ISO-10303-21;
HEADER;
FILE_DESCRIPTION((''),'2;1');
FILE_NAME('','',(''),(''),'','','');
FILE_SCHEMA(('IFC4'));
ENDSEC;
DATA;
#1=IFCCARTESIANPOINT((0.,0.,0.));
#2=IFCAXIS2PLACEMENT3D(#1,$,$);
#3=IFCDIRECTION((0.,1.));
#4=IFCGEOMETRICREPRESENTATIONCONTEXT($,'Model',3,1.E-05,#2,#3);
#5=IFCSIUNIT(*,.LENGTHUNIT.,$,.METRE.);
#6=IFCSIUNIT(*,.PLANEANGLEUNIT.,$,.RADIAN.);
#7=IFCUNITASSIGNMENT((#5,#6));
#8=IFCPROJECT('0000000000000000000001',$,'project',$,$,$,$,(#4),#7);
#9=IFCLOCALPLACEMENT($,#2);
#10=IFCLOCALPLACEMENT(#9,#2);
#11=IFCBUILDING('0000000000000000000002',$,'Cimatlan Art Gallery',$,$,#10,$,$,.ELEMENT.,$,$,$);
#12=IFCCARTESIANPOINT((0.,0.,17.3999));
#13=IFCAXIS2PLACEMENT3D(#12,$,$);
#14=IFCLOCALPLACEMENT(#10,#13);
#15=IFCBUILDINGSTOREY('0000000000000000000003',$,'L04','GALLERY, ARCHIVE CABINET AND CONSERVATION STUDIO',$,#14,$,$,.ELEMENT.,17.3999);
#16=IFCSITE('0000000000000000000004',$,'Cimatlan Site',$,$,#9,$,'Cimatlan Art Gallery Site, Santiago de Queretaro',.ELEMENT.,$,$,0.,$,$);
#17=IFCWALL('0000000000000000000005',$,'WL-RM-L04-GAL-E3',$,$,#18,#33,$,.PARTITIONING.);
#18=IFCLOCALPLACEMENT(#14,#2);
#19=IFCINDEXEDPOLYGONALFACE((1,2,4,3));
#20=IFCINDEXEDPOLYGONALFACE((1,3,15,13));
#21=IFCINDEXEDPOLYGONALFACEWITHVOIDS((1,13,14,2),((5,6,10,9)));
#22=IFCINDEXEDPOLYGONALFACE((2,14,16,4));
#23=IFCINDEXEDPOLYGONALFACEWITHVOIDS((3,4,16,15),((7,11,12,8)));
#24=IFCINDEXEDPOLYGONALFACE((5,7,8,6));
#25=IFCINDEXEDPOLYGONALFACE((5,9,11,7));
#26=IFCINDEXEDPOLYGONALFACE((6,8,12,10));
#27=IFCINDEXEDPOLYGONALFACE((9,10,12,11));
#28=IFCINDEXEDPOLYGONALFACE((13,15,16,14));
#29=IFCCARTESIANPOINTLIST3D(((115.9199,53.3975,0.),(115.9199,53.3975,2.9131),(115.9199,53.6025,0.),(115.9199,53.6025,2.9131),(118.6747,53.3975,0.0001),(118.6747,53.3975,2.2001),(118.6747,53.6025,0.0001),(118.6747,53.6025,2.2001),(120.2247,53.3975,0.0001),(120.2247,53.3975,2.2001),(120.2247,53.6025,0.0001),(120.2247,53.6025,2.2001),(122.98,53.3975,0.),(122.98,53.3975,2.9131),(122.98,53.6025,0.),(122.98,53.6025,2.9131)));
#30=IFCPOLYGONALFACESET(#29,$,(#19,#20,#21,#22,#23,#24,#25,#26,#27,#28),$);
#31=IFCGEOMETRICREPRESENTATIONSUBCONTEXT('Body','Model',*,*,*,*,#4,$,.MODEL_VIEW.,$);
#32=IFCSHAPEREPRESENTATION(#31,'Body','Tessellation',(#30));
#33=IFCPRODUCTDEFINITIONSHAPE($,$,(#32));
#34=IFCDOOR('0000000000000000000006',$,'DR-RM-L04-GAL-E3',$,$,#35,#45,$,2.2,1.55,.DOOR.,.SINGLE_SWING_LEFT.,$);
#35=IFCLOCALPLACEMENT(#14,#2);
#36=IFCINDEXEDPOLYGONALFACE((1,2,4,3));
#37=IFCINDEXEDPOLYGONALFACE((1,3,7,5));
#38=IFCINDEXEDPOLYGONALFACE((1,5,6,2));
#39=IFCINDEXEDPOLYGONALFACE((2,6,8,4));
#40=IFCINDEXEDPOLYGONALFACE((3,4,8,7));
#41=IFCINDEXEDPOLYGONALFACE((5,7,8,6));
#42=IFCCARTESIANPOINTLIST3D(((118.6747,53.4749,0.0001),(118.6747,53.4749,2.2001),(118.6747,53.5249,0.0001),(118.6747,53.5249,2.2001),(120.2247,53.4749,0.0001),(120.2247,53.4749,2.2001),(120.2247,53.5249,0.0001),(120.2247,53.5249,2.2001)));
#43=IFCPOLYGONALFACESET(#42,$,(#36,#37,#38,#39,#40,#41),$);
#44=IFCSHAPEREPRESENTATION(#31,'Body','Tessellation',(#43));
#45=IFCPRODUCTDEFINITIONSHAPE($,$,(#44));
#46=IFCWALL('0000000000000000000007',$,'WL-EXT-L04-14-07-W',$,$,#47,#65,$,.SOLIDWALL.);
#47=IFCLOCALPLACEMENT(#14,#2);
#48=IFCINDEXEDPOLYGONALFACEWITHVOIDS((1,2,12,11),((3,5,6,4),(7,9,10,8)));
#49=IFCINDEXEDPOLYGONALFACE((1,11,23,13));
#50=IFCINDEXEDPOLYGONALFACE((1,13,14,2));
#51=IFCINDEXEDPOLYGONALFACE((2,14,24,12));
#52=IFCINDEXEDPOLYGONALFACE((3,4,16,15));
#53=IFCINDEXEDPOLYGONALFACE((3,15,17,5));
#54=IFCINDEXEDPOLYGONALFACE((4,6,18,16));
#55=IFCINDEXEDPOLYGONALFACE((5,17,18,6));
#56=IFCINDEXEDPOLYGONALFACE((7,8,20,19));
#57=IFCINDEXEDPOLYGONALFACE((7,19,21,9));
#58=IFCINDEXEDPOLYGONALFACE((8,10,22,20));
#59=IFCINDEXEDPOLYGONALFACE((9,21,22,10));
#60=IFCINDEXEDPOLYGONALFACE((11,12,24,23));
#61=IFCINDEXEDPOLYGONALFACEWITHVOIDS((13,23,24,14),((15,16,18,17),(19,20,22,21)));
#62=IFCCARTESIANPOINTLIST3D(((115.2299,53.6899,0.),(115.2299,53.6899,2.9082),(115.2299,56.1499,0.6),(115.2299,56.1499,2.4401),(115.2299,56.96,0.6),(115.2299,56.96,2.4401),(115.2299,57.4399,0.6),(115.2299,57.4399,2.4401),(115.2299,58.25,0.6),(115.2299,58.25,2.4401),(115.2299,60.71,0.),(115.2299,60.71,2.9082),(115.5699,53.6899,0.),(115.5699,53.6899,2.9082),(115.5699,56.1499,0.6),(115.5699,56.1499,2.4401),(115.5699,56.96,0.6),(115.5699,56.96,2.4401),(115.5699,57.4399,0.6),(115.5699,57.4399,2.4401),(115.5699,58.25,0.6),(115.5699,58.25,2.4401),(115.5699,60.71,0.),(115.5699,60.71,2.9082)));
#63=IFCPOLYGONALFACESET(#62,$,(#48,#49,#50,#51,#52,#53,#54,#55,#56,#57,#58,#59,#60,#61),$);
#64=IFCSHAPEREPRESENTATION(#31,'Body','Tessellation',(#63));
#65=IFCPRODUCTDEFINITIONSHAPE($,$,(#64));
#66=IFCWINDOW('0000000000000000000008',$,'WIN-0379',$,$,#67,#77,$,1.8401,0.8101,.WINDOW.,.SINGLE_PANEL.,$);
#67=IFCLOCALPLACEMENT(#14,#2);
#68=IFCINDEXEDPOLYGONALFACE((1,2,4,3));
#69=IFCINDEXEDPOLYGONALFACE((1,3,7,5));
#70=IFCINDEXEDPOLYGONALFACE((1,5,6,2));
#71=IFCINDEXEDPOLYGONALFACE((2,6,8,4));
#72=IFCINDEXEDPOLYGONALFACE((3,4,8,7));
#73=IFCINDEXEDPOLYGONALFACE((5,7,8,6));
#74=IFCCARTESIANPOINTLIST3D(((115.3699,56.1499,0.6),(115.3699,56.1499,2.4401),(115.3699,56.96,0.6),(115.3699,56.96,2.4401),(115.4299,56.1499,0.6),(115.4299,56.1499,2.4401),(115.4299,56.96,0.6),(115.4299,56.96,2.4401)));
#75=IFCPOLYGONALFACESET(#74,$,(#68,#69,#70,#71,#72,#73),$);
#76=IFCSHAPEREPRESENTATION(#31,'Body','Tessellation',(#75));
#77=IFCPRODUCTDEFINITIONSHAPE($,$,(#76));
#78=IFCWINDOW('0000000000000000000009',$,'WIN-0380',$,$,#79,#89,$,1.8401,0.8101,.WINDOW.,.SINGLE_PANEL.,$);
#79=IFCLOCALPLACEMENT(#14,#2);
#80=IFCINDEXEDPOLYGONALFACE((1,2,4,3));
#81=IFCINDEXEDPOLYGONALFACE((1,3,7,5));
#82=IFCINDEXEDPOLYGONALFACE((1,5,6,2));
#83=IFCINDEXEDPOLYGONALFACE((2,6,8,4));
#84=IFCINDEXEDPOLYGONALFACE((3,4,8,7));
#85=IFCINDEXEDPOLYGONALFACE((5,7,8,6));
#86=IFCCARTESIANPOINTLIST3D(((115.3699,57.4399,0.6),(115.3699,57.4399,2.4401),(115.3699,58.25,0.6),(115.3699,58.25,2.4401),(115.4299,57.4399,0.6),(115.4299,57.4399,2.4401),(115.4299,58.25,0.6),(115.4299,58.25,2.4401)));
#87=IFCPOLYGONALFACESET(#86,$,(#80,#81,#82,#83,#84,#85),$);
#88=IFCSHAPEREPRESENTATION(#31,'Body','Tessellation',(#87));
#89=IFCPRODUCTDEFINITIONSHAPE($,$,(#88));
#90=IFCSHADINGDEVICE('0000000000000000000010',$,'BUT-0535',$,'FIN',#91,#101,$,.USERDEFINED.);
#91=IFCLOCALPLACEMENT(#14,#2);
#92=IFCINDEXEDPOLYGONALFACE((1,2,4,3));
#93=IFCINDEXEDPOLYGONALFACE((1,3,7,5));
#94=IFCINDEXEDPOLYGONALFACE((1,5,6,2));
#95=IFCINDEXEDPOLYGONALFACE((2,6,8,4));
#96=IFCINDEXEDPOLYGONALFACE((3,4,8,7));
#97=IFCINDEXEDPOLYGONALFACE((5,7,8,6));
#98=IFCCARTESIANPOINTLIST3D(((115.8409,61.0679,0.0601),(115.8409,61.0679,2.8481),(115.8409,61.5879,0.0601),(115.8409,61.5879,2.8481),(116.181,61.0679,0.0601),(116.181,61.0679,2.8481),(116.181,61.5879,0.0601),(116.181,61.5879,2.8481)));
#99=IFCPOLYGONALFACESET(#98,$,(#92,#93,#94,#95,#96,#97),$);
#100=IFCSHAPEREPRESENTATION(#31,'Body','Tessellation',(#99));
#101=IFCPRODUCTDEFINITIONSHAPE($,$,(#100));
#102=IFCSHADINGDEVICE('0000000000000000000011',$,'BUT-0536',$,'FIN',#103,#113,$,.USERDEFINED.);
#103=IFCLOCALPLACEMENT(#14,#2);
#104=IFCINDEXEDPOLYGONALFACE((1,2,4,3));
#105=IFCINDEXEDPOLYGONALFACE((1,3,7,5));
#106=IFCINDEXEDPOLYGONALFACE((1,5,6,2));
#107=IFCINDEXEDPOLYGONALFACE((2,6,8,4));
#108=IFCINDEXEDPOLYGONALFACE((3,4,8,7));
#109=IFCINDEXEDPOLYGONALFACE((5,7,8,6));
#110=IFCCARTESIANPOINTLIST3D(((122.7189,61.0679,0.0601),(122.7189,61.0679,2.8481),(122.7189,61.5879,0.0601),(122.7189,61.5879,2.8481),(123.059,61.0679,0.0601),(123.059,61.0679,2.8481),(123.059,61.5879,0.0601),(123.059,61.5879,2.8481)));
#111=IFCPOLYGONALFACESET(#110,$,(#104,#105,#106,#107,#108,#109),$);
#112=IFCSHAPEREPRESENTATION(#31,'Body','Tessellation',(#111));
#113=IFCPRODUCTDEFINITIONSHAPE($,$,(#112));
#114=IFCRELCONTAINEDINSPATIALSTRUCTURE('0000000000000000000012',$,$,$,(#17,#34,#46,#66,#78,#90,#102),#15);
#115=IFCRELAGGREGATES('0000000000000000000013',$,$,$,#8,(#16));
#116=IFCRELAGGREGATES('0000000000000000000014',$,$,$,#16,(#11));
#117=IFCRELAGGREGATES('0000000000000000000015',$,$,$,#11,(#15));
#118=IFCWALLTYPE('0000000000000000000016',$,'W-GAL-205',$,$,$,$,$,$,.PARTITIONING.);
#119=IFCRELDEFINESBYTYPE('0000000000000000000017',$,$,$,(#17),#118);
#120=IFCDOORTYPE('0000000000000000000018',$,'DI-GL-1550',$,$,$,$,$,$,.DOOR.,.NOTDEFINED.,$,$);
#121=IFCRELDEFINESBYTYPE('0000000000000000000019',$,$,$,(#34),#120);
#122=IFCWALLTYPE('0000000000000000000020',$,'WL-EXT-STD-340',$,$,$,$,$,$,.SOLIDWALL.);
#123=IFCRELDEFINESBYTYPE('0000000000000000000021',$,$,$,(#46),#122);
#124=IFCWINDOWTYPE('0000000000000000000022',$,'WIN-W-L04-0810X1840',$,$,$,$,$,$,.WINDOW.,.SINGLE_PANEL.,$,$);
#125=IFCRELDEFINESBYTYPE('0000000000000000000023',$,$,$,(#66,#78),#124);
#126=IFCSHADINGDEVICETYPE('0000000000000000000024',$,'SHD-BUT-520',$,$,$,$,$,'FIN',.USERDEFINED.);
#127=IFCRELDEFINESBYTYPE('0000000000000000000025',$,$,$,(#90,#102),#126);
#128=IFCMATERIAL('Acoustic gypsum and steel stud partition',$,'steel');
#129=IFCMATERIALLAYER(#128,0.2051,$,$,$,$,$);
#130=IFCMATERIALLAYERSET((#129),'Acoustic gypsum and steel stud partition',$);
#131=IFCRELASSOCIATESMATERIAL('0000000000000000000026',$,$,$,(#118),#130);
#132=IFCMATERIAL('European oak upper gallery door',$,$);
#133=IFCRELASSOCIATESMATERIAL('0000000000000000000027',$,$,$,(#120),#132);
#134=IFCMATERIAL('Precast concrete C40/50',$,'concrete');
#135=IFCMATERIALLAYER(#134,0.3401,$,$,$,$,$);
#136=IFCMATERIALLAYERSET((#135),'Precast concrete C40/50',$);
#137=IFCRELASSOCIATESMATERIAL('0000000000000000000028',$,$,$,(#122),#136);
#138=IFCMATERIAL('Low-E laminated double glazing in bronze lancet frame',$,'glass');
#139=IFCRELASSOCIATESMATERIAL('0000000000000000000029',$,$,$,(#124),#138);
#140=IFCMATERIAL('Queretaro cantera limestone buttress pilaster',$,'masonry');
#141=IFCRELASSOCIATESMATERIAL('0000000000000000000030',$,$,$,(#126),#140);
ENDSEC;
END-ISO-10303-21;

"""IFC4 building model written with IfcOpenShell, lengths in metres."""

from ifc_helpers import new_model, si_unit, direction, frame, frame_2d, origin, origin_2d, place, context, subcontext, project, spatial, rectangle, extrude, material, layer, layer_set, type_object, element, fill, save


model = new_model("IFC4")

# Units and contexts
model_context = context("Model", 3, precision=1e-05, world=origin(), true_north=direction((0.0, 1.0)))
body_context = subcontext(model_context, "Body", "Model", "MODEL_VIEW")
ifc_project = project(units=[si_unit("LENGTHUNIT", "METRE"), si_unit("PLANEANGLEUNIT", "RADIAN")], contexts=[model_context])

# Site, building, storey
site_placement = place(None, origin())
site = spatial("IfcSite", under=ifc_project, at=site_placement, Name="Cimatlan Site", LongName="Cimatlan Art Gallery Site, Santiago de Queretaro", CompositionType="ELEMENT", RefElevation=0.0)
building_placement = place(site_placement, origin())
building = spatial("IfcBuilding", under=site, at=building_placement, Name="Cimatlan Art Gallery", CompositionType="ELEMENT")
storey_placement = place(building_placement, frame((0.0, 0.0, 17.3999)))
storey = spatial("IfcBuildingStorey", under=building, at=storey_placement, Name="L04", Description="GALLERY, ARCHIVE CABINET AND CONSERVATION STUDIO", CompositionType="ELEMENT", Elevation=17.3999)

# Wall, opening, door
ifc_material_1 = material(Name="Acoustic gypsum and steel stud partition", Category="steel")
ifc_layer_1 = layer(ifc_material_1, 0.2051)
ifc_layer_set_1 = layer_set([ifc_layer_1], Name="Acoustic gypsum and steel stud partition")
wall_type_1 = type_object("IfcWallType", Name="W-GAL-205", PredefinedType="PARTITIONING", material=ifc_layer_set_1)
wall_1_placement = place(storey_placement, frame((115.9199, 53.5, 0.0), z_axis=(0.0, 0.0, 1.0), x_axis=(1.0, 0.0, 0.0)))
wall_1 = element("IfcWall", 1, at=wall_1_placement, inside=storey, type_object=wall_type_1, Name="WL-RM-L04-GAL-E3", PredefinedType="PARTITIONING", context=body_context, shape_type="SweptSolid", body=[
    extrude(rectangle(XDim=7.0601, YDim=0.2051, at=frame_2d((3.53, 0.0))), origin(), (0.0, 0.0, 1.0), 2.9131),
])
opening_1_placement = place(wall_1_placement, frame((2.7549, 0.0, 0.0)))
opening_1 = element("IfcOpeningElement", 2, at=opening_1_placement, cuts=wall_1, PredefinedType="OPENING", context=body_context, shape_type="SweptSolid", body=[
    extrude(rectangle(XDim=1.55, YDim=2.2, at=frame_2d((0.7749, 1.1001))), frame((0.0, 0.1125, 0.0), z_axis=(0.0, -1.0, 0.0), x_axis=(1.0, 0.0, 0.0)), (0.0, 0.0, 1.0), 0.2251),
])
ifc_material_2 = material(Name="European oak upper gallery door")
door_type_1 = type_object("IfcDoorType", Name="DI-GL-1550", OperationType="NOTDEFINED", PredefinedType="DOOR", material=ifc_material_2)
door_1_placement = place(opening_1_placement, origin())
door_1 = element("IfcDoor", 3, at=door_1_placement, inside=storey, type_object=door_type_1, Name="DR-RM-L04-GAL-E3", OperationType="SINGLE_SWING_LEFT", OverallHeight=2.2, OverallWidth=1.55, PredefinedType="DOOR", context=body_context, shape_type="SweptSolid", body=[
    extrude(rectangle(XDim=1.55, YDim=2.2, at=frame_2d((0.7749, 1.1001))), frame((0.0, 0.0249, 0.0), z_axis=(0.0, -1.0, 0.0), x_axis=(1.0, 0.0, 0.0)), (0.0, 0.0, 1.0), 0.05),
])
fill(opening_1, door_1)
ifc_material_3 = material(Name="Precast concrete C40/50", Category="concrete")
ifc_layer_2 = layer(ifc_material_3, 0.3401)
ifc_layer_set_2 = layer_set([ifc_layer_2], Name="Precast concrete C40/50")
wall_type_2 = type_object("IfcWallType", Name="WL-EXT-STD-340", PredefinedType="SOLIDWALL", material=ifc_layer_set_2)

# Wall, openings, windows
wall_2_placement = place(storey_placement, frame((115.3999, 53.6899, 0.0), z_axis=(0.0, 0.0, 1.0), x_axis=(0.0, 1.0, 0.0)))
wall_2 = element("IfcWall", 4, at=wall_2_placement, inside=storey, type_object=wall_type_2, Name="WL-EXT-L04-14-07-W", PredefinedType="SOLIDWALL", context=body_context, shape_type="SweptSolid", body=[
    extrude(rectangle(XDim=7.02, YDim=0.3401, at=frame_2d((3.51, 0.0))), origin(), (0.0, 0.0, 1.0), 2.9082),
])
opening_2_placement = place(wall_2_placement, frame((2.46, 0.0, 0.6001)))
opening_2 = element("IfcOpeningElement", 5, at=opening_2_placement, cuts=wall_2, PredefinedType="OPENING", context=body_context, shape_type="SweptSolid", body=[
    extrude(rectangle(XDim=0.8101, YDim=1.8401, at=frame_2d((0.405, 0.9199))), frame((0.0, 0.1802, 0.0), z_axis=(0.0, -1.0, 0.0), x_axis=(1.0, 0.0, 0.0)), (0.0, 0.0, 1.0), 0.3601),
])
opening_3_placement = place(wall_2_placement, frame((3.75, 0.0, 0.6001)))
opening_3 = element("IfcOpeningElement", 6, at=opening_3_placement, cuts=wall_2, PredefinedType="OPENING", context=body_context, shape_type="SweptSolid", body=[
    extrude(rectangle(XDim=0.8101, YDim=1.8401, at=frame_2d((0.405, 0.9199))), frame((0.0, 0.1802, 0.0), z_axis=(0.0, -1.0, 0.0), x_axis=(1.0, 0.0, 0.0)), (0.0, 0.0, 1.0), 0.3601),
])
ifc_material_4 = material(Name="Low-E laminated double glazing in bronze lancet frame", Category="glass")
window_type = type_object("IfcWindowType", Name="WIN-W-L04-0810X1840", PartitioningType="SINGLE_PANEL", PredefinedType="WINDOW", material=ifc_material_4)
window_1_placement = place(opening_2_placement, origin())
window_1 = element("IfcWindow", 7, at=window_1_placement, inside=storey, type_object=window_type, Name="WIN-0379", OverallHeight=1.8401, OverallWidth=0.8101, PartitioningType="SINGLE_PANEL", PredefinedType="WINDOW", context=body_context, shape_type="SweptSolid", body=[
    extrude(rectangle(XDim=0.8101, YDim=1.8401, at=frame_2d((0.405, 0.9199))), frame((0.0, 0.03, 0.0), z_axis=(0.0, -1.0, 0.0), x_axis=(1.0, 0.0, 0.0)), (0.0, 0.0, 1.0), 0.0601),
])
fill(opening_2, window_1)
window_2_placement = place(opening_3_placement, origin())
window_2 = element("IfcWindow", 8, at=window_2_placement, inside=storey, type_object=window_type, Name="WIN-0380", OverallHeight=1.8401, OverallWidth=0.8101, PartitioningType="SINGLE_PANEL", PredefinedType="WINDOW", context=body_context, shape_type="SweptSolid", body=[
    extrude(rectangle(XDim=0.8101, YDim=1.8401, at=frame_2d((0.405, 0.9199))), frame((0.0, 0.03, 0.0), z_axis=(0.0, -1.0, 0.0), x_axis=(1.0, 0.0, 0.0)), (0.0, 0.0, 1.0), 0.0601),
])
fill(opening_3, window_2)

# Shading devices
ifc_material_5 = material(Name="Queretaro cantera limestone buttress pilaster", Category="masonry")
shading_device_type = type_object("IfcShadingDeviceType", Name="SHD-BUT-520", ElementType="FIN", PredefinedType="USERDEFINED", material=ifc_material_5)
for number, where, z_axis, x_axis, name in (
    (9, (116.011, 61.3279, 0.0601), (0.0, 0.0, 1.0), (1.0, 0.0, 0.0), "BUT-0535"),
    (10, (122.8889, 61.3279, 0.0601), (0.0, 0.0, 1.0), (1.0, 0.0, 0.0), "BUT-0536"),
):
    element("IfcShadingDevice", number, at=place(storey_placement, frame(where, z_axis=z_axis, x_axis=x_axis)), inside=storey, type_object=shading_device_type, Name=name, ObjectType="FIN", PredefinedType="USERDEFINED", context=body_context, shape_type="SweptSolid", body=[
        extrude(rectangle(XDim=0.3401, YDim=0.52, at=origin_2d()), origin(), (0.0, 0.0, 1.0), 2.7881),
    ])

save(model, "model.ifc")
